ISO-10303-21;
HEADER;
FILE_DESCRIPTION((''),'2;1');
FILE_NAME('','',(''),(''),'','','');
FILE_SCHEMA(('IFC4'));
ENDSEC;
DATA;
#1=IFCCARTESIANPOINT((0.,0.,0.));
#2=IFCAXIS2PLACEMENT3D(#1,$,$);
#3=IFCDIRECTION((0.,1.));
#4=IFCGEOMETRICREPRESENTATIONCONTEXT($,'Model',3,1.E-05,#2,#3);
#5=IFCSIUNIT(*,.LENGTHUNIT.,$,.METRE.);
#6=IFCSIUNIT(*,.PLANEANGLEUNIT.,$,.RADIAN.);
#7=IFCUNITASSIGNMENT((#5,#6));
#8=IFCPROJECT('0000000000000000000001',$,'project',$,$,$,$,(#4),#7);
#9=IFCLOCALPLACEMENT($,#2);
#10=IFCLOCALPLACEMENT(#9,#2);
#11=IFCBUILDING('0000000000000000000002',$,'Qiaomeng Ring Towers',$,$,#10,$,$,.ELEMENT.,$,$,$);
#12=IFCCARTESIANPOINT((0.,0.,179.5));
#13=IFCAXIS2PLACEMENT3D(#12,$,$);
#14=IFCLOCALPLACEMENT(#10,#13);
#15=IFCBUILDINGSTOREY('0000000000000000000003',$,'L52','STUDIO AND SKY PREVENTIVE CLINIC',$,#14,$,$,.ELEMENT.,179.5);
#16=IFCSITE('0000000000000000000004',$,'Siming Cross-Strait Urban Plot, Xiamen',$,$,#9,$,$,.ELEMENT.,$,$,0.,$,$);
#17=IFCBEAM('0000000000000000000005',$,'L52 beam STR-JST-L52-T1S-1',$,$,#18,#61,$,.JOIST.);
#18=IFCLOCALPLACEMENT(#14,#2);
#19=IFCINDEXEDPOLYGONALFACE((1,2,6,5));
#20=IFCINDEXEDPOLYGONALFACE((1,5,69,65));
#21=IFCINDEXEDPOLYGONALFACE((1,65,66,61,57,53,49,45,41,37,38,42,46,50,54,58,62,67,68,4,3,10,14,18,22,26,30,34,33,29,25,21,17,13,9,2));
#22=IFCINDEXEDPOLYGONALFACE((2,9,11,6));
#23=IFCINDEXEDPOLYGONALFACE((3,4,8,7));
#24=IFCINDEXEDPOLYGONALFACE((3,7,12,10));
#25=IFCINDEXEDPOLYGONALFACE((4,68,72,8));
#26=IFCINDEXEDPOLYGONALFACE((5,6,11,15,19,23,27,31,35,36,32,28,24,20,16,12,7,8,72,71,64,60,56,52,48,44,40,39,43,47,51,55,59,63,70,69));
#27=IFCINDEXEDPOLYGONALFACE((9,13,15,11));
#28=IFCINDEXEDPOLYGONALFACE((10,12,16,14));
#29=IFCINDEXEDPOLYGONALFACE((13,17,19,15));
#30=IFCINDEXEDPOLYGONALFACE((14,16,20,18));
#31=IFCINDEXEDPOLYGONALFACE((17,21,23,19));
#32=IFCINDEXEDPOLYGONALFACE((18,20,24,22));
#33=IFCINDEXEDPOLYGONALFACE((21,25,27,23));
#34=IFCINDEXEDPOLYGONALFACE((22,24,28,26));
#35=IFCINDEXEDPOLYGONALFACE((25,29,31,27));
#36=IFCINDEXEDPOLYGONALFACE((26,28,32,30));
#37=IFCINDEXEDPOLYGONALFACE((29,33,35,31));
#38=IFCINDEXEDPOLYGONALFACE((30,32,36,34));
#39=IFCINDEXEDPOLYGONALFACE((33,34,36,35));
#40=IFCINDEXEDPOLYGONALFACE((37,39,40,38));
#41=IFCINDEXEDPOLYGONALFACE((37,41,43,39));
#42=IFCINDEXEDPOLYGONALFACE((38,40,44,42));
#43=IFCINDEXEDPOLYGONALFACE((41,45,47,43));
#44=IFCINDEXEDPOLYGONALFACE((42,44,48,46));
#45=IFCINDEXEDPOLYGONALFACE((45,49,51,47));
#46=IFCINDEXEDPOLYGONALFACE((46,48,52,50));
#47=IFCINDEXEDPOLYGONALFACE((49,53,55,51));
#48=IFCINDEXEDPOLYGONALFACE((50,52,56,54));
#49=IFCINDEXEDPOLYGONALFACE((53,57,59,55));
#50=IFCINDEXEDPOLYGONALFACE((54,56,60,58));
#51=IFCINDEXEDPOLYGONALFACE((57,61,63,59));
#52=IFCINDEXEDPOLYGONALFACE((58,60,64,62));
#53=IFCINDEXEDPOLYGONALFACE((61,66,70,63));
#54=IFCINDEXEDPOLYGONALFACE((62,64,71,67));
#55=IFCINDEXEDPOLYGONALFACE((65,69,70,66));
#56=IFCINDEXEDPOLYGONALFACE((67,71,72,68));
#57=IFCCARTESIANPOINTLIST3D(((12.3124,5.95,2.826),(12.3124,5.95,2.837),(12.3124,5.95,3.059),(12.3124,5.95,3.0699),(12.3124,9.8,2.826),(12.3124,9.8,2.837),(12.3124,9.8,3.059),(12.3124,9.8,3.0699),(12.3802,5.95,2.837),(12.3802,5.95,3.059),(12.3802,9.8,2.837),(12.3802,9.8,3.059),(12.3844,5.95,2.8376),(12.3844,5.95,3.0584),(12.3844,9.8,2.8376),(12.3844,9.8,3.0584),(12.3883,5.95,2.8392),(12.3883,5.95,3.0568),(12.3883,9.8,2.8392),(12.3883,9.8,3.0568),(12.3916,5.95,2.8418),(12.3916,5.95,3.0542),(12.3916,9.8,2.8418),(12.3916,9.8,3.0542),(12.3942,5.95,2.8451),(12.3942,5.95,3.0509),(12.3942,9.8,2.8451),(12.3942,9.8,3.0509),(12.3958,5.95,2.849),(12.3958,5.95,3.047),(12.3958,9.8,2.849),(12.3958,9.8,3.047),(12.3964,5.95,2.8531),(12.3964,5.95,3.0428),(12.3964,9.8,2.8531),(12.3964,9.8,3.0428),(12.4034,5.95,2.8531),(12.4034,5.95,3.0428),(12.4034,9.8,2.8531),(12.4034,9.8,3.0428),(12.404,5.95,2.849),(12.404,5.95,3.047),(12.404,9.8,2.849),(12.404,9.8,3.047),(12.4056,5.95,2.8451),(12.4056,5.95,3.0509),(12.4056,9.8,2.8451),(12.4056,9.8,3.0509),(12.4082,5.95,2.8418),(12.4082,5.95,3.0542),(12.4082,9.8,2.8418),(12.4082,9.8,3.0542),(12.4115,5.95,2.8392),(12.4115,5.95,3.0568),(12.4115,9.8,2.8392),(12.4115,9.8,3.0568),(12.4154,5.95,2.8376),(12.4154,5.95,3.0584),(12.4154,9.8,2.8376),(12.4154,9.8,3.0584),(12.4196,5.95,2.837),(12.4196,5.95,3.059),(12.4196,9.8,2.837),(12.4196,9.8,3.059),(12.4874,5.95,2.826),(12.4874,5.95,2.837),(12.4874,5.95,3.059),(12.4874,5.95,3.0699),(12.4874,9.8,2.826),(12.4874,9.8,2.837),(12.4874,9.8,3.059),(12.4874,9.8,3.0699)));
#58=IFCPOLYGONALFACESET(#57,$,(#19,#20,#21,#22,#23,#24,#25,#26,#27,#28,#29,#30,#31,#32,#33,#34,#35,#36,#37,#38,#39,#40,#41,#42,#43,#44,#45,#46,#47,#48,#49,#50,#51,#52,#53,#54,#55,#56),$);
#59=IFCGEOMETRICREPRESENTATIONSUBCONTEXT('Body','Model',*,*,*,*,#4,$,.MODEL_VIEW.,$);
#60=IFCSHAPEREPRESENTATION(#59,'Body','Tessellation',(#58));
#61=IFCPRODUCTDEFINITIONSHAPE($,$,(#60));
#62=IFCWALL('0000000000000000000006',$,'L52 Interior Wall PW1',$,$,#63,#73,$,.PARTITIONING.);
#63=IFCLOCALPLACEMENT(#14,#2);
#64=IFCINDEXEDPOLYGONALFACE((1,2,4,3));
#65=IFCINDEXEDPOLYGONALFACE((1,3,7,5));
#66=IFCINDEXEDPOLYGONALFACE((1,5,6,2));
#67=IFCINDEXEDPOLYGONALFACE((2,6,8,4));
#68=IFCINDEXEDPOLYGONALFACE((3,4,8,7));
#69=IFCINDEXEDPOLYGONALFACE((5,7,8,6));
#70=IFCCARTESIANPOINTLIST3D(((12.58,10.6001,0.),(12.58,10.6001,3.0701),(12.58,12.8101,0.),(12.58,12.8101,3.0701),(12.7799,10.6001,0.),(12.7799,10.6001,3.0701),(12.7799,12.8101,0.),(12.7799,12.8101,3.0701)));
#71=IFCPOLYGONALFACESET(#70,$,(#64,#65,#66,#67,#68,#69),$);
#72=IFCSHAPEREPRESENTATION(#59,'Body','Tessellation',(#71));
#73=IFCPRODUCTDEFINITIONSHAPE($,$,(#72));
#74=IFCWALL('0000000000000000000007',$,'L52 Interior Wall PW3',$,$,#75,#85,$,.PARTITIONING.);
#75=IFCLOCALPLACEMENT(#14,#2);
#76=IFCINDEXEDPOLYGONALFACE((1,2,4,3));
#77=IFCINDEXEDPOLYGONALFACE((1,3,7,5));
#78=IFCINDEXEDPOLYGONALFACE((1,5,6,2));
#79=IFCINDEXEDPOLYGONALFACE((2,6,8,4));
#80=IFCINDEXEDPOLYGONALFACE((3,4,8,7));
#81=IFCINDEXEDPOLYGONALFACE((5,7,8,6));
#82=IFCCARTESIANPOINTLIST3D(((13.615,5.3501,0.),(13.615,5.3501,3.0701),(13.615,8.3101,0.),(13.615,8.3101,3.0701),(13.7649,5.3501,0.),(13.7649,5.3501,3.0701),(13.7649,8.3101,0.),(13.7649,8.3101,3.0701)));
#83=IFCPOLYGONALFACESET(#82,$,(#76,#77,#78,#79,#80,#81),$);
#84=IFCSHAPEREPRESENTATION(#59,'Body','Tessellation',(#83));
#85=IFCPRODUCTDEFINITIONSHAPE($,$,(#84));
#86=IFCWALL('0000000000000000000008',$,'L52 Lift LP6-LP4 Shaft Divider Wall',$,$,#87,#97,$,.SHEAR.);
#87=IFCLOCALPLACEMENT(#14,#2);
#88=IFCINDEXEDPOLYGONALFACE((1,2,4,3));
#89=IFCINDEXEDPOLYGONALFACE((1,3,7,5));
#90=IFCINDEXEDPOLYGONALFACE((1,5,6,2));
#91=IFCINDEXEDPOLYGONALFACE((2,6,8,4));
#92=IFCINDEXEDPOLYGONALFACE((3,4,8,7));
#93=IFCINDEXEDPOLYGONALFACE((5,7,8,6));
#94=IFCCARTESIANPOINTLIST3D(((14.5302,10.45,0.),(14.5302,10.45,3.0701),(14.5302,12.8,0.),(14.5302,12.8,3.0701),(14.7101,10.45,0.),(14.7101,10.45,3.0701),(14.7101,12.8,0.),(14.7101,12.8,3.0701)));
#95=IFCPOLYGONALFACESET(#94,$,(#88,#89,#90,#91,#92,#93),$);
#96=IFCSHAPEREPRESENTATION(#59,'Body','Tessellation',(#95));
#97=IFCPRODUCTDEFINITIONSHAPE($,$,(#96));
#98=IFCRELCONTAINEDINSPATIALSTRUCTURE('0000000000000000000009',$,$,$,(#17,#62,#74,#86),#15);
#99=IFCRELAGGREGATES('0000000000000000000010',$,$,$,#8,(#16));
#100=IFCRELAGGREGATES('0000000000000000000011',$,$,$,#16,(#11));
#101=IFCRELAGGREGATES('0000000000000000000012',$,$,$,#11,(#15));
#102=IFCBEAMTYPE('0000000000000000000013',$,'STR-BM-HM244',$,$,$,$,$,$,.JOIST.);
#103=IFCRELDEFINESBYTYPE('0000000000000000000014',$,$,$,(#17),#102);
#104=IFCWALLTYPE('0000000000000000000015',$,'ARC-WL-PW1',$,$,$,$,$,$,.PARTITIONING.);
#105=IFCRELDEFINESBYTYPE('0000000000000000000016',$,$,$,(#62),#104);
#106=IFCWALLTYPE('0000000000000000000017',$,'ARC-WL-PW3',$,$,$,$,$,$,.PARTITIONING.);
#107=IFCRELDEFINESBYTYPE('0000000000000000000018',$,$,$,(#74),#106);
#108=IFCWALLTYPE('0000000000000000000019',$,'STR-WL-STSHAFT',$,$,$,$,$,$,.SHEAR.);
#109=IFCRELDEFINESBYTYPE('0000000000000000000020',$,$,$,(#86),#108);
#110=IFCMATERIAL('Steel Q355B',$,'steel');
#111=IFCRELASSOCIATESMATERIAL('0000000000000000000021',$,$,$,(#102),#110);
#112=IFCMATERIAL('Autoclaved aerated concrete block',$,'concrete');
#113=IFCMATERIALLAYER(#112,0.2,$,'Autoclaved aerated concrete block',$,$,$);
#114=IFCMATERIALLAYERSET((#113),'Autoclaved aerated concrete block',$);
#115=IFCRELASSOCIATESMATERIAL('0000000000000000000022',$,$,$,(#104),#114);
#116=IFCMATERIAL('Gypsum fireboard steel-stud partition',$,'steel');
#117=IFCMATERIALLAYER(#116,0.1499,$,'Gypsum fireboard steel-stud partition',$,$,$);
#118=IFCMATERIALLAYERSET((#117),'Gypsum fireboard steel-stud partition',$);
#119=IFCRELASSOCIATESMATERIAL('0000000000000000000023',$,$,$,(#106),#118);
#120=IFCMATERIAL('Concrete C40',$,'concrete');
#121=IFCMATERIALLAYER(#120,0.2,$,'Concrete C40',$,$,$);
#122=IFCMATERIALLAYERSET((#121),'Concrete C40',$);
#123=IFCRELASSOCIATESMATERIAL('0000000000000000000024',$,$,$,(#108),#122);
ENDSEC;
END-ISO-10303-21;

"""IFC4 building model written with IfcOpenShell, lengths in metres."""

from ifc_helpers import new_model, si_unit, direction, frame, frame_2d, origin, origin_2d, place, context, subcontext, project, spatial, rectangle, i_section, extrude, source, transform, mapped, material, layer, layer_set, material_profile, profile_set, type_object, element, save


model = new_model("IFC4")

# Units and contexts
model_context = context("Model", 3, precision=1e-05, world=origin(), true_north=direction((0.0, 1.0)))
body_context = subcontext(model_context, "Body", "Model", "MODEL_VIEW")
ifc_project = project(units=[si_unit("LENGTHUNIT", "METRE"), si_unit("PLANEANGLEUNIT", "RADIAN")], contexts=[model_context])

# Site, building, storey
site_placement = place(None, origin())
site = spatial("IfcSite", under=ifc_project, at=site_placement, Name="Siming Cross-Strait Urban Plot, Xiamen", CompositionType="ELEMENT", RefElevation=0.0)
building_placement = place(site_placement, origin())
building = spatial("IfcBuilding", under=site, at=building_placement, Name="Qiaomeng Ring Towers", CompositionType="ELEMENT")
storey_placement = place(building_placement, frame((0.0, 0.0, 179.5)))
storey = spatial("IfcBuildingStorey", under=building, at=storey_placement, Name="L52", Description="STUDIO AND SKY PREVENTIVE CLINIC", CompositionType="ELEMENT", Elevation=179.5)

# Beam
ifc_material_1 = material(Name="Steel Q355B", Category="steel")
ifc_material_profile = material_profile(ifc_material_1, i_section(OverallWidth=0.175, OverallDepth=0.2439, WebThickness=0.0071, FlangeThickness=0.011, FilletRadius=0.0161, at=origin_2d()), Name="HM 244x175x7x11")
ifc_profile_set = profile_set([ifc_material_profile], Name="Steel Q355B")
beam_type = type_object("IfcBeamType", Name="STR-BM-HM244", PredefinedType="JOIST", material=ifc_profile_set)
shared_shape = source(origin(), body_context, "Body", "SweptSolid", [
    extrude(i_section(OverallWidth=0.175, OverallDepth=0.2439, WebThickness=0.0071, FlangeThickness=0.011, FilletRadius=0.0161, at=origin_2d()), origin(), (0.0, 0.0, 1.0), 3.8501),
])
beam_placement = place(storey_placement, frame((12.3999, 5.95, 2.948), z_axis=(0.0, 1.0, 0.0), x_axis=(-1.0, 0.0, 0.0)))
element("IfcBeam", 1, at=beam_placement, inside=storey, type_object=beam_type, Name="L52 beam STR-JST-L52-T1S-1", PredefinedType="JOIST", context=body_context, shape_type="MappedRepresentation", body=[
    mapped(shared_shape, transform((0.0, 0.0, 0.0), x_axis=(1.0, 0.0, 0.0), y_axis=(0.0, 1.0, 0.0), z_axis=(0.0, 0.0, 1.0), scale=1.0)),
])

# Walls
ifc_material_2 = material(Name="Autoclaved aerated concrete block", Category="concrete")
ifc_layer_1 = layer(ifc_material_2, 0.2, Name="Autoclaved aerated concrete block")
ifc_layer_set_1 = layer_set([ifc_layer_1], Name="Autoclaved aerated concrete block")
wall_type_1 = type_object("IfcWallType", Name="ARC-WL-PW1", PredefinedType="PARTITIONING", material=ifc_layer_set_1)
wall_1_placement = place(storey_placement, frame((12.6799, 10.6001, 0.0), z_axis=(0.0, 0.0, 1.0), x_axis=(0.0, 1.0, 0.0)))
element("IfcWall", 2, at=wall_1_placement, inside=storey, type_object=wall_type_1, Name="L52 Interior Wall PW1", PredefinedType="PARTITIONING", context=body_context, shape_type="SweptSolid", body=[
    extrude(rectangle(XDim=2.21, YDim=0.2, at=frame_2d((1.105, 0.0))), origin(), (0.0, 0.0, 1.0), 3.0701),
])
ifc_material_3 = material(Name="Gypsum fireboard steel-stud partition", Category="steel")
ifc_layer_2 = layer(ifc_material_3, 0.1499, Name="Gypsum fireboard steel-stud partition")
ifc_layer_set_2 = layer_set([ifc_layer_2], Name="Gypsum fireboard steel-stud partition")
wall_type_2 = type_object("IfcWallType", Name="ARC-WL-PW3", PredefinedType="PARTITIONING", material=ifc_layer_set_2)
wall_2_placement = place(storey_placement, frame((13.6899, 5.3501, 0.0), z_axis=(0.0, 0.0, 1.0), x_axis=(0.0, 1.0, 0.0)))
element("IfcWall", 3, at=wall_2_placement, inside=storey, type_object=wall_type_2, Name="L52 Interior Wall PW3", PredefinedType="PARTITIONING", context=body_context, shape_type="SweptSolid", body=[
    extrude(rectangle(XDim=2.96, YDim=0.1499, at=frame_2d((1.48, 0.0))), origin(), (0.0, 0.0, 1.0), 3.0701),
])
ifc_material_4 = material(Name="Concrete C40", Category="concrete")
ifc_layer_3 = layer(ifc_material_4, 0.2, Name="Concrete C40")
ifc_layer_set_3 = layer_set([ifc_layer_3], Name="Concrete C40")
wall_type_3 = type_object("IfcWallType", Name="STR-WL-STSHAFT", PredefinedType="SHEAR", material=ifc_layer_set_3)
wall_3_placement = place(storey_placement, frame((14.6201, 10.45, 0.0), z_axis=(0.0, 0.0, 1.0), x_axis=(0.0, 1.0, 0.0)))
element("IfcWall", 4, at=wall_3_placement, inside=storey, type_object=wall_type_3, Name="L52 Lift LP6-LP4 Shaft Divider Wall", PredefinedType="SHEAR", context=body_context, shape_type="SweptSolid", body=[
    extrude(rectangle(XDim=2.3501, YDim=0.1799, at=frame_2d((1.175, 0.0))), origin(), (0.0, 0.0, 1.0), 3.0701),
])

save(model, "model.ifc")
